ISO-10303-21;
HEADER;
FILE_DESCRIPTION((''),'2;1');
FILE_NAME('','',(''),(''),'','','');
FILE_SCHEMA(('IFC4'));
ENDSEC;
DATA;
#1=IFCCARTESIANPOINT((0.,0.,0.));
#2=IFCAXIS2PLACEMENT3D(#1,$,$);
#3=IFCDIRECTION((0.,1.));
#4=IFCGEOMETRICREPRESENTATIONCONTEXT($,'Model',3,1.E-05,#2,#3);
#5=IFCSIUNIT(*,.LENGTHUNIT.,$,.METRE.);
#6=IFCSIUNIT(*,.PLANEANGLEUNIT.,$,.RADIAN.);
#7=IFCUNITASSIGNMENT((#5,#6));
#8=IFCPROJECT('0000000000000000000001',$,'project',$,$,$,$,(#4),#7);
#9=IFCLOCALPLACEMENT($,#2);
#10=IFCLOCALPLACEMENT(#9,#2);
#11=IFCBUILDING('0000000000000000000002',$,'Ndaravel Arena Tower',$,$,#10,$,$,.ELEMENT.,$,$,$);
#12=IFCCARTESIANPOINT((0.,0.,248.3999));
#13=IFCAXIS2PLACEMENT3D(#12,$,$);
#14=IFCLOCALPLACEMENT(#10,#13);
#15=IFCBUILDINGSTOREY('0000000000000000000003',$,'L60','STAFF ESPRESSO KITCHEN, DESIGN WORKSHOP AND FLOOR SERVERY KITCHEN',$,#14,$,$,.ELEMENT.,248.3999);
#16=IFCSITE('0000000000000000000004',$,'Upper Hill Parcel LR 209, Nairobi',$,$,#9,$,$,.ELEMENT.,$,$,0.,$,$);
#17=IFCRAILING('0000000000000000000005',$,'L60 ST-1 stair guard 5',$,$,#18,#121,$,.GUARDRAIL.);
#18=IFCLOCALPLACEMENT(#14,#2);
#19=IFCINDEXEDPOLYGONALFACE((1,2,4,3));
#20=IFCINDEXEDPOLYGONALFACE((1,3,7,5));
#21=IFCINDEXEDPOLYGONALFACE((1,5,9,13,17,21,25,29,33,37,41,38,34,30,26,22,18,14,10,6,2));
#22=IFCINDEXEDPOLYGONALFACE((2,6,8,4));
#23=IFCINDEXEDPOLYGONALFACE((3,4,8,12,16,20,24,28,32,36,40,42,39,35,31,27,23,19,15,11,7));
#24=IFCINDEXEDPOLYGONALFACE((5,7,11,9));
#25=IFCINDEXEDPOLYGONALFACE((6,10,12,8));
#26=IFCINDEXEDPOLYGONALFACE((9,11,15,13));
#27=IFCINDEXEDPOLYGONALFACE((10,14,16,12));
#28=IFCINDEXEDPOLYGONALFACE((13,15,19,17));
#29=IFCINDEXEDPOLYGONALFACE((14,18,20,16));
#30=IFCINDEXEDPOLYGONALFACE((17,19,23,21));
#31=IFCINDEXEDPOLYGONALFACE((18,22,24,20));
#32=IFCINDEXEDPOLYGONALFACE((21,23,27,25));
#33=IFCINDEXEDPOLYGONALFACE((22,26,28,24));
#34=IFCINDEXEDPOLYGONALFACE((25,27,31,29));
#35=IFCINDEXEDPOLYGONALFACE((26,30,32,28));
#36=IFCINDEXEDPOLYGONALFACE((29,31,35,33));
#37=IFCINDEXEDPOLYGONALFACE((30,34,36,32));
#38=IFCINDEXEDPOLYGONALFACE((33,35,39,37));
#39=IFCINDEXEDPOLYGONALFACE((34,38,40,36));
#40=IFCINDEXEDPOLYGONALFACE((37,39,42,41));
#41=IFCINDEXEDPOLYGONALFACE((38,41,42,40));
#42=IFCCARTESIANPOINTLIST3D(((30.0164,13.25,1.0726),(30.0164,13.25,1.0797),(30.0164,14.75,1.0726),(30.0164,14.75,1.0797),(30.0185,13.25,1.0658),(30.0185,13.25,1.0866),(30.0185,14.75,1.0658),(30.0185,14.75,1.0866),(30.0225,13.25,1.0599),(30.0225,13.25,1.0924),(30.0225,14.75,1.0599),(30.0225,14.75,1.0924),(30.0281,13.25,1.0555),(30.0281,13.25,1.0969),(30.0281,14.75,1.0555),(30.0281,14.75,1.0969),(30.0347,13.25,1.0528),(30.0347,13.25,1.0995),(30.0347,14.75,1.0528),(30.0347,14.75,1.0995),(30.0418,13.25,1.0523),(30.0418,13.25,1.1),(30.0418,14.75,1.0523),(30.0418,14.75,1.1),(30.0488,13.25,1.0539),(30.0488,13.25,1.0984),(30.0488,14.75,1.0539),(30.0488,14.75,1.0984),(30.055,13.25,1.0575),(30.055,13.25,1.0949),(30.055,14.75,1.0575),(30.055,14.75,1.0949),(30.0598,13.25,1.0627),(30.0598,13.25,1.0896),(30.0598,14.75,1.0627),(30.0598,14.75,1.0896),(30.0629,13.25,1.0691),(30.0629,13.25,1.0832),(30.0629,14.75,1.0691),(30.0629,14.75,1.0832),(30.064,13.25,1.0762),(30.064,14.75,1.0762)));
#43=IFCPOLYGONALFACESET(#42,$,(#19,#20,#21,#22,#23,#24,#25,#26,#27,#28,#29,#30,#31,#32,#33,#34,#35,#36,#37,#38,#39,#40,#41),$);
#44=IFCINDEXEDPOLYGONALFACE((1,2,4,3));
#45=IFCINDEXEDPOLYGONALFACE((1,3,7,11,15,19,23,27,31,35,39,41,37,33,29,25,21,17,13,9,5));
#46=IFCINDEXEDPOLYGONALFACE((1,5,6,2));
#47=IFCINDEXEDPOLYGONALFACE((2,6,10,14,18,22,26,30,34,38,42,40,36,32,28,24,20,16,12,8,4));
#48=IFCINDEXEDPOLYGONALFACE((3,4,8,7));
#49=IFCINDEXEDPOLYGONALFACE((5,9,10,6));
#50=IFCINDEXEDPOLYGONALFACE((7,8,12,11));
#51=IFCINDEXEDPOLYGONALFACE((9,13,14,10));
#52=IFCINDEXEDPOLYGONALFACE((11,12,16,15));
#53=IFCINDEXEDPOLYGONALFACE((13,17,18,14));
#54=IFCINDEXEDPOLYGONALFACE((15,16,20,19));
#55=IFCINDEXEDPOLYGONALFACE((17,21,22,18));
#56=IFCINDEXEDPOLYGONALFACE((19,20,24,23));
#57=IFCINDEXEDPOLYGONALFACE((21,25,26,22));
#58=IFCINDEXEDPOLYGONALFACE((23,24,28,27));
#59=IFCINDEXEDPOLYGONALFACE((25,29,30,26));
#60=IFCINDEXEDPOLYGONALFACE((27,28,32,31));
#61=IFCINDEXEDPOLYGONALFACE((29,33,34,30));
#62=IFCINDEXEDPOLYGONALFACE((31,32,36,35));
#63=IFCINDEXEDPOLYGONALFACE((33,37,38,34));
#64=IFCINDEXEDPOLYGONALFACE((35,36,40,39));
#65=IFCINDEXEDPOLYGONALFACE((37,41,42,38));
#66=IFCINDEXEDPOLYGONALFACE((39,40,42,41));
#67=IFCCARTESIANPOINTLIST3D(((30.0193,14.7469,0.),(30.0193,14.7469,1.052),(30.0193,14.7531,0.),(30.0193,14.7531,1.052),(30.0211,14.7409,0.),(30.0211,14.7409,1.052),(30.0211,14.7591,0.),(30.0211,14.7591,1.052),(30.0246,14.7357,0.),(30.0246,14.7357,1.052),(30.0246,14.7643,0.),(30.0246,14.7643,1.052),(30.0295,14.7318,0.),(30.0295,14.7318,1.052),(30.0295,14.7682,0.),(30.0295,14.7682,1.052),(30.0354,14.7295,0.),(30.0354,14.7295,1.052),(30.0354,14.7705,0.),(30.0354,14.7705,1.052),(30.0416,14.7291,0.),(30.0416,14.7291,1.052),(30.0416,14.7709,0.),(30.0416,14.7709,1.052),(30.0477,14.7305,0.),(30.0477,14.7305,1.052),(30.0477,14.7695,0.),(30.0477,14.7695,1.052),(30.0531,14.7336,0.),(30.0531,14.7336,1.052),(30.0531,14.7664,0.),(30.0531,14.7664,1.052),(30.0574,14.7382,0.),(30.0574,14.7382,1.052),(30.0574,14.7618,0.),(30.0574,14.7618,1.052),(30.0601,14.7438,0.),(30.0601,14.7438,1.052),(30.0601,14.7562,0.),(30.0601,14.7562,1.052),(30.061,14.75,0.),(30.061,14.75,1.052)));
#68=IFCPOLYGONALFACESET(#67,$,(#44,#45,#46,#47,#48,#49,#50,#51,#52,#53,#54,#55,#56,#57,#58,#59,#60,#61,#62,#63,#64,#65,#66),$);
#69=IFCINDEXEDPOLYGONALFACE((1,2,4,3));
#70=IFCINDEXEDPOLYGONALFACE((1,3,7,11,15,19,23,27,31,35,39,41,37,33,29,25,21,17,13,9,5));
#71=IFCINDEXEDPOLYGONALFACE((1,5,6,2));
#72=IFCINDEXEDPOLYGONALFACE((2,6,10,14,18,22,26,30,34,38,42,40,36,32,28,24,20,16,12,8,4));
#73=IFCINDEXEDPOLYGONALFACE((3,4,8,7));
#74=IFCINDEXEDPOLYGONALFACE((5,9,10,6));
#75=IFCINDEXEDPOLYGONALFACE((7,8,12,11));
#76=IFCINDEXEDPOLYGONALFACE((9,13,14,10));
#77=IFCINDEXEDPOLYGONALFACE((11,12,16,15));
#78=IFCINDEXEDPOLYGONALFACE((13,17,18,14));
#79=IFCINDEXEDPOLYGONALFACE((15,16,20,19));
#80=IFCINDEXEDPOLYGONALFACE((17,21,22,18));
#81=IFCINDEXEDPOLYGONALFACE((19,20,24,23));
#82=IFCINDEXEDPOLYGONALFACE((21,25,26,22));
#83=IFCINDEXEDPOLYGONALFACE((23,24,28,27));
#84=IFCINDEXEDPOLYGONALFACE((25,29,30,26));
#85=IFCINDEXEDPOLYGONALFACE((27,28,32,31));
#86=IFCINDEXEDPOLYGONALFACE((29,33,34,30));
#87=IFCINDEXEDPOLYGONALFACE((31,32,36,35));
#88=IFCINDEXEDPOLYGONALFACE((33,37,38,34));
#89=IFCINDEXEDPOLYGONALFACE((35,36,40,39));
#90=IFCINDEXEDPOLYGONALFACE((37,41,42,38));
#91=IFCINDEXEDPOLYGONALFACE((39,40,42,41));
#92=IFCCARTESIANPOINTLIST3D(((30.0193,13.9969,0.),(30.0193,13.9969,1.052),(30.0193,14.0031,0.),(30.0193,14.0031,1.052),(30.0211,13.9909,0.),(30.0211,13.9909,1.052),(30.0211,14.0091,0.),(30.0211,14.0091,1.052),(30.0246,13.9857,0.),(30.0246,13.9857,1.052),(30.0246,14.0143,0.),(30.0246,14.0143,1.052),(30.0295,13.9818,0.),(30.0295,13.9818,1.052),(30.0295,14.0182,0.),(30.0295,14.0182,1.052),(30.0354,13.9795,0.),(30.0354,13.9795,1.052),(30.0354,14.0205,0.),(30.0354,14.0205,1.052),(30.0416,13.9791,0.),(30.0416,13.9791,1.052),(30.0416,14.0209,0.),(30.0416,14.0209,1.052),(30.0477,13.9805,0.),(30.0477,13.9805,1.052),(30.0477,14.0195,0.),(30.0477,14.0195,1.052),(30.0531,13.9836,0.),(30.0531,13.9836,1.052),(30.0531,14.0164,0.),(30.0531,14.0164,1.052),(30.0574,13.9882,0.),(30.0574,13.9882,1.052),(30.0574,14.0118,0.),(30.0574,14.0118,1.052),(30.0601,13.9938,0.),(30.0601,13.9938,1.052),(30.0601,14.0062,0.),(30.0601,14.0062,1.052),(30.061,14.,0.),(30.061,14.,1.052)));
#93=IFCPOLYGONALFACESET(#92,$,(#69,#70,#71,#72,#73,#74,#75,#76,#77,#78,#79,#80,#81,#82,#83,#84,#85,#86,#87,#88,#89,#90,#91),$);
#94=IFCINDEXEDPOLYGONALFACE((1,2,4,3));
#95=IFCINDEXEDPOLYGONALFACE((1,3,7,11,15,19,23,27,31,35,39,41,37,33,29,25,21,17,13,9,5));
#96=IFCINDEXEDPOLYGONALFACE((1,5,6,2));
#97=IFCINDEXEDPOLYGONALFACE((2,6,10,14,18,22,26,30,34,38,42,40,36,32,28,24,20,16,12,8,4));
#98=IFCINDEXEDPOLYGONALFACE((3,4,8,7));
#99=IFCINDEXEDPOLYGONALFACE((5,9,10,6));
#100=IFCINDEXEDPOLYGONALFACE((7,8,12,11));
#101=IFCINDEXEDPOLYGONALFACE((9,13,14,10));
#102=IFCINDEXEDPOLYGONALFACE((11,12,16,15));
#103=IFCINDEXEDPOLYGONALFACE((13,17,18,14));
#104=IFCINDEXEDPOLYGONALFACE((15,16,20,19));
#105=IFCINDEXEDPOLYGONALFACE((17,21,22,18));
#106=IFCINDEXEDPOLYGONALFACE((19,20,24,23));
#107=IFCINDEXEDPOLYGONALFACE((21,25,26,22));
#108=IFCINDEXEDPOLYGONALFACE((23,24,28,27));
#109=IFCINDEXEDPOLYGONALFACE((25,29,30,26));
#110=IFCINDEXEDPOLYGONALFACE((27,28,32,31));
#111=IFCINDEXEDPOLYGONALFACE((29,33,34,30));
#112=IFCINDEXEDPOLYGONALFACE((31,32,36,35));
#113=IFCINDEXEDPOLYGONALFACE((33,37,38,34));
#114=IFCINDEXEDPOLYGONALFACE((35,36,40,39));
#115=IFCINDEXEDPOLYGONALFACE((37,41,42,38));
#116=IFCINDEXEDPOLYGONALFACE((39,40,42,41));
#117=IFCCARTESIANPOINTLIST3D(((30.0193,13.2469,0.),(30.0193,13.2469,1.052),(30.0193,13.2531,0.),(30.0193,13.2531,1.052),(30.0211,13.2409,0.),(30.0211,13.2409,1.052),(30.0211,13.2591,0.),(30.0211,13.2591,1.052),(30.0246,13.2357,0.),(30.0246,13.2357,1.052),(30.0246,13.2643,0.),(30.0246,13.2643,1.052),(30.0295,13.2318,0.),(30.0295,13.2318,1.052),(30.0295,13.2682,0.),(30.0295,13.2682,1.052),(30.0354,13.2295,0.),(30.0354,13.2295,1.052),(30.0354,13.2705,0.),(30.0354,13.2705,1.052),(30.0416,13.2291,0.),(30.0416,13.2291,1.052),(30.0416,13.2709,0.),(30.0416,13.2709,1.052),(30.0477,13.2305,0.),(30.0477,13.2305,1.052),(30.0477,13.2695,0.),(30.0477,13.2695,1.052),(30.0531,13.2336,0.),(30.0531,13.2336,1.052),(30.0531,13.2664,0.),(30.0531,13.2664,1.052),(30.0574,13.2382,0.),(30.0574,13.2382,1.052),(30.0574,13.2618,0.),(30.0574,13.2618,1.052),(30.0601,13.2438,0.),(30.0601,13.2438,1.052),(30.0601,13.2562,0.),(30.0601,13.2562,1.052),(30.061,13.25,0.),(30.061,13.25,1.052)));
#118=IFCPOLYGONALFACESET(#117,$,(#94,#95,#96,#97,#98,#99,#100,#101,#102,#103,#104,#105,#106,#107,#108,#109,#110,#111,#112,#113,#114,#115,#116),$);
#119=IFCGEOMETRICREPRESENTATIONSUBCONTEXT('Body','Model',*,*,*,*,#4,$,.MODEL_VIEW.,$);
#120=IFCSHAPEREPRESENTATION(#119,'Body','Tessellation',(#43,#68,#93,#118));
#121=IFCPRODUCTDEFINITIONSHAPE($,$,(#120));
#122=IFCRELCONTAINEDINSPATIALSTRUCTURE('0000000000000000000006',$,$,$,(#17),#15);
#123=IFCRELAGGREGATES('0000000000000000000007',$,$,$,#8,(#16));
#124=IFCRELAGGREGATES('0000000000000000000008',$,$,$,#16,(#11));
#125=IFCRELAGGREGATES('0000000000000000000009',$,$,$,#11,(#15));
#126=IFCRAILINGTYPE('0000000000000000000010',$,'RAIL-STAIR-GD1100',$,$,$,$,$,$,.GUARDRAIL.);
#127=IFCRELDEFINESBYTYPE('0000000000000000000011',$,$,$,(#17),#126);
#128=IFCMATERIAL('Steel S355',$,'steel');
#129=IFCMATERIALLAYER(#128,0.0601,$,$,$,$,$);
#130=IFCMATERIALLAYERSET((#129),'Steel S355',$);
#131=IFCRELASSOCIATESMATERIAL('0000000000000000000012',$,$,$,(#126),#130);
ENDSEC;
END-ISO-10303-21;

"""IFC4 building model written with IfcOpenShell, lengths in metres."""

from ifc_helpers import new_model, si_unit, direction, frame, origin, origin_2d, place, context, subcontext, project, spatial, circle, extrude, material, layer, layer_set, type_object, element, save


model = new_model("IFC4")

# Units and contexts
model_context = context("Model", 3, precision=1e-05, world=origin(), true_north=direction((0.0, 1.0)))
body_context = subcontext(model_context, "Body", "Model", "MODEL_VIEW")
ifc_project = project(units=[si_unit("LENGTHUNIT", "METRE"), si_unit("PLANEANGLEUNIT", "RADIAN")], contexts=[model_context])

# Site, building, storey
site_placement = place(None, origin())
site = spatial("IfcSite", under=ifc_project, at=site_placement, Name="Upper Hill Parcel LR 209, Nairobi", CompositionType="ELEMENT", RefElevation=0.0)
building_placement = place(site_placement, origin())
building = spatial("IfcBuilding", under=site, at=building_placement, Name="Ndaravel Arena Tower", CompositionType="ELEMENT")
storey_placement = place(building_placement, frame((0.0, 0.0, 248.3999)))
storey = spatial("IfcBuildingStorey", under=building, at=storey_placement, Name="L60", Description="STAFF ESPRESSO KITCHEN, DESIGN WORKSHOP AND FLOOR SERVERY KITCHEN", CompositionType="ELEMENT", Elevation=248.3999)

# Railing
ifc_material_1 = material(Name="Steel S355", Category="steel")
ifc_layer_1 = layer(ifc_material_1, 0.0601)
ifc_layer_set_1 = layer_set([ifc_layer_1], Name="Steel S355")
railing_type = type_object("IfcRailingType", Name="RAIL-STAIR-GD1100", PredefinedType="GUARDRAIL", material=ifc_layer_set_1)
railing_1_placement = place(storey_placement, frame((30.04, 14.75, 0.0)))
element("IfcRailing", 1, at=railing_1_placement, inside=storey, type_object=railing_type, Name="L60 ST-1 stair guard 5", PredefinedType="GUARDRAIL", context=body_context, shape_type="SweptSolid", body=[
    extrude(circle(Radius=0.0239, at=origin_2d()), frame((0.0, 0.0, 1.0762), z_axis=(0.0, -1.0, 0.0), x_axis=(1.0, 0.0, 0.0)), (0.0, 0.0, 1.0), 1.5),
    extrude(circle(Radius=0.021, at=origin_2d()), origin(), (0.0, 0.0, 1.0), 1.052),
    extrude(circle(Radius=0.021, at=origin_2d()), frame((0.0, -0.75, 0.0)), (0.0, 0.0, 1.0), 1.052),
    extrude(circle(Radius=0.021, at=origin_2d()), frame((0.0, -1.5, 0.0)), (0.0, 0.0, 1.0), 1.052),
])

save(model, "model.ifc")
